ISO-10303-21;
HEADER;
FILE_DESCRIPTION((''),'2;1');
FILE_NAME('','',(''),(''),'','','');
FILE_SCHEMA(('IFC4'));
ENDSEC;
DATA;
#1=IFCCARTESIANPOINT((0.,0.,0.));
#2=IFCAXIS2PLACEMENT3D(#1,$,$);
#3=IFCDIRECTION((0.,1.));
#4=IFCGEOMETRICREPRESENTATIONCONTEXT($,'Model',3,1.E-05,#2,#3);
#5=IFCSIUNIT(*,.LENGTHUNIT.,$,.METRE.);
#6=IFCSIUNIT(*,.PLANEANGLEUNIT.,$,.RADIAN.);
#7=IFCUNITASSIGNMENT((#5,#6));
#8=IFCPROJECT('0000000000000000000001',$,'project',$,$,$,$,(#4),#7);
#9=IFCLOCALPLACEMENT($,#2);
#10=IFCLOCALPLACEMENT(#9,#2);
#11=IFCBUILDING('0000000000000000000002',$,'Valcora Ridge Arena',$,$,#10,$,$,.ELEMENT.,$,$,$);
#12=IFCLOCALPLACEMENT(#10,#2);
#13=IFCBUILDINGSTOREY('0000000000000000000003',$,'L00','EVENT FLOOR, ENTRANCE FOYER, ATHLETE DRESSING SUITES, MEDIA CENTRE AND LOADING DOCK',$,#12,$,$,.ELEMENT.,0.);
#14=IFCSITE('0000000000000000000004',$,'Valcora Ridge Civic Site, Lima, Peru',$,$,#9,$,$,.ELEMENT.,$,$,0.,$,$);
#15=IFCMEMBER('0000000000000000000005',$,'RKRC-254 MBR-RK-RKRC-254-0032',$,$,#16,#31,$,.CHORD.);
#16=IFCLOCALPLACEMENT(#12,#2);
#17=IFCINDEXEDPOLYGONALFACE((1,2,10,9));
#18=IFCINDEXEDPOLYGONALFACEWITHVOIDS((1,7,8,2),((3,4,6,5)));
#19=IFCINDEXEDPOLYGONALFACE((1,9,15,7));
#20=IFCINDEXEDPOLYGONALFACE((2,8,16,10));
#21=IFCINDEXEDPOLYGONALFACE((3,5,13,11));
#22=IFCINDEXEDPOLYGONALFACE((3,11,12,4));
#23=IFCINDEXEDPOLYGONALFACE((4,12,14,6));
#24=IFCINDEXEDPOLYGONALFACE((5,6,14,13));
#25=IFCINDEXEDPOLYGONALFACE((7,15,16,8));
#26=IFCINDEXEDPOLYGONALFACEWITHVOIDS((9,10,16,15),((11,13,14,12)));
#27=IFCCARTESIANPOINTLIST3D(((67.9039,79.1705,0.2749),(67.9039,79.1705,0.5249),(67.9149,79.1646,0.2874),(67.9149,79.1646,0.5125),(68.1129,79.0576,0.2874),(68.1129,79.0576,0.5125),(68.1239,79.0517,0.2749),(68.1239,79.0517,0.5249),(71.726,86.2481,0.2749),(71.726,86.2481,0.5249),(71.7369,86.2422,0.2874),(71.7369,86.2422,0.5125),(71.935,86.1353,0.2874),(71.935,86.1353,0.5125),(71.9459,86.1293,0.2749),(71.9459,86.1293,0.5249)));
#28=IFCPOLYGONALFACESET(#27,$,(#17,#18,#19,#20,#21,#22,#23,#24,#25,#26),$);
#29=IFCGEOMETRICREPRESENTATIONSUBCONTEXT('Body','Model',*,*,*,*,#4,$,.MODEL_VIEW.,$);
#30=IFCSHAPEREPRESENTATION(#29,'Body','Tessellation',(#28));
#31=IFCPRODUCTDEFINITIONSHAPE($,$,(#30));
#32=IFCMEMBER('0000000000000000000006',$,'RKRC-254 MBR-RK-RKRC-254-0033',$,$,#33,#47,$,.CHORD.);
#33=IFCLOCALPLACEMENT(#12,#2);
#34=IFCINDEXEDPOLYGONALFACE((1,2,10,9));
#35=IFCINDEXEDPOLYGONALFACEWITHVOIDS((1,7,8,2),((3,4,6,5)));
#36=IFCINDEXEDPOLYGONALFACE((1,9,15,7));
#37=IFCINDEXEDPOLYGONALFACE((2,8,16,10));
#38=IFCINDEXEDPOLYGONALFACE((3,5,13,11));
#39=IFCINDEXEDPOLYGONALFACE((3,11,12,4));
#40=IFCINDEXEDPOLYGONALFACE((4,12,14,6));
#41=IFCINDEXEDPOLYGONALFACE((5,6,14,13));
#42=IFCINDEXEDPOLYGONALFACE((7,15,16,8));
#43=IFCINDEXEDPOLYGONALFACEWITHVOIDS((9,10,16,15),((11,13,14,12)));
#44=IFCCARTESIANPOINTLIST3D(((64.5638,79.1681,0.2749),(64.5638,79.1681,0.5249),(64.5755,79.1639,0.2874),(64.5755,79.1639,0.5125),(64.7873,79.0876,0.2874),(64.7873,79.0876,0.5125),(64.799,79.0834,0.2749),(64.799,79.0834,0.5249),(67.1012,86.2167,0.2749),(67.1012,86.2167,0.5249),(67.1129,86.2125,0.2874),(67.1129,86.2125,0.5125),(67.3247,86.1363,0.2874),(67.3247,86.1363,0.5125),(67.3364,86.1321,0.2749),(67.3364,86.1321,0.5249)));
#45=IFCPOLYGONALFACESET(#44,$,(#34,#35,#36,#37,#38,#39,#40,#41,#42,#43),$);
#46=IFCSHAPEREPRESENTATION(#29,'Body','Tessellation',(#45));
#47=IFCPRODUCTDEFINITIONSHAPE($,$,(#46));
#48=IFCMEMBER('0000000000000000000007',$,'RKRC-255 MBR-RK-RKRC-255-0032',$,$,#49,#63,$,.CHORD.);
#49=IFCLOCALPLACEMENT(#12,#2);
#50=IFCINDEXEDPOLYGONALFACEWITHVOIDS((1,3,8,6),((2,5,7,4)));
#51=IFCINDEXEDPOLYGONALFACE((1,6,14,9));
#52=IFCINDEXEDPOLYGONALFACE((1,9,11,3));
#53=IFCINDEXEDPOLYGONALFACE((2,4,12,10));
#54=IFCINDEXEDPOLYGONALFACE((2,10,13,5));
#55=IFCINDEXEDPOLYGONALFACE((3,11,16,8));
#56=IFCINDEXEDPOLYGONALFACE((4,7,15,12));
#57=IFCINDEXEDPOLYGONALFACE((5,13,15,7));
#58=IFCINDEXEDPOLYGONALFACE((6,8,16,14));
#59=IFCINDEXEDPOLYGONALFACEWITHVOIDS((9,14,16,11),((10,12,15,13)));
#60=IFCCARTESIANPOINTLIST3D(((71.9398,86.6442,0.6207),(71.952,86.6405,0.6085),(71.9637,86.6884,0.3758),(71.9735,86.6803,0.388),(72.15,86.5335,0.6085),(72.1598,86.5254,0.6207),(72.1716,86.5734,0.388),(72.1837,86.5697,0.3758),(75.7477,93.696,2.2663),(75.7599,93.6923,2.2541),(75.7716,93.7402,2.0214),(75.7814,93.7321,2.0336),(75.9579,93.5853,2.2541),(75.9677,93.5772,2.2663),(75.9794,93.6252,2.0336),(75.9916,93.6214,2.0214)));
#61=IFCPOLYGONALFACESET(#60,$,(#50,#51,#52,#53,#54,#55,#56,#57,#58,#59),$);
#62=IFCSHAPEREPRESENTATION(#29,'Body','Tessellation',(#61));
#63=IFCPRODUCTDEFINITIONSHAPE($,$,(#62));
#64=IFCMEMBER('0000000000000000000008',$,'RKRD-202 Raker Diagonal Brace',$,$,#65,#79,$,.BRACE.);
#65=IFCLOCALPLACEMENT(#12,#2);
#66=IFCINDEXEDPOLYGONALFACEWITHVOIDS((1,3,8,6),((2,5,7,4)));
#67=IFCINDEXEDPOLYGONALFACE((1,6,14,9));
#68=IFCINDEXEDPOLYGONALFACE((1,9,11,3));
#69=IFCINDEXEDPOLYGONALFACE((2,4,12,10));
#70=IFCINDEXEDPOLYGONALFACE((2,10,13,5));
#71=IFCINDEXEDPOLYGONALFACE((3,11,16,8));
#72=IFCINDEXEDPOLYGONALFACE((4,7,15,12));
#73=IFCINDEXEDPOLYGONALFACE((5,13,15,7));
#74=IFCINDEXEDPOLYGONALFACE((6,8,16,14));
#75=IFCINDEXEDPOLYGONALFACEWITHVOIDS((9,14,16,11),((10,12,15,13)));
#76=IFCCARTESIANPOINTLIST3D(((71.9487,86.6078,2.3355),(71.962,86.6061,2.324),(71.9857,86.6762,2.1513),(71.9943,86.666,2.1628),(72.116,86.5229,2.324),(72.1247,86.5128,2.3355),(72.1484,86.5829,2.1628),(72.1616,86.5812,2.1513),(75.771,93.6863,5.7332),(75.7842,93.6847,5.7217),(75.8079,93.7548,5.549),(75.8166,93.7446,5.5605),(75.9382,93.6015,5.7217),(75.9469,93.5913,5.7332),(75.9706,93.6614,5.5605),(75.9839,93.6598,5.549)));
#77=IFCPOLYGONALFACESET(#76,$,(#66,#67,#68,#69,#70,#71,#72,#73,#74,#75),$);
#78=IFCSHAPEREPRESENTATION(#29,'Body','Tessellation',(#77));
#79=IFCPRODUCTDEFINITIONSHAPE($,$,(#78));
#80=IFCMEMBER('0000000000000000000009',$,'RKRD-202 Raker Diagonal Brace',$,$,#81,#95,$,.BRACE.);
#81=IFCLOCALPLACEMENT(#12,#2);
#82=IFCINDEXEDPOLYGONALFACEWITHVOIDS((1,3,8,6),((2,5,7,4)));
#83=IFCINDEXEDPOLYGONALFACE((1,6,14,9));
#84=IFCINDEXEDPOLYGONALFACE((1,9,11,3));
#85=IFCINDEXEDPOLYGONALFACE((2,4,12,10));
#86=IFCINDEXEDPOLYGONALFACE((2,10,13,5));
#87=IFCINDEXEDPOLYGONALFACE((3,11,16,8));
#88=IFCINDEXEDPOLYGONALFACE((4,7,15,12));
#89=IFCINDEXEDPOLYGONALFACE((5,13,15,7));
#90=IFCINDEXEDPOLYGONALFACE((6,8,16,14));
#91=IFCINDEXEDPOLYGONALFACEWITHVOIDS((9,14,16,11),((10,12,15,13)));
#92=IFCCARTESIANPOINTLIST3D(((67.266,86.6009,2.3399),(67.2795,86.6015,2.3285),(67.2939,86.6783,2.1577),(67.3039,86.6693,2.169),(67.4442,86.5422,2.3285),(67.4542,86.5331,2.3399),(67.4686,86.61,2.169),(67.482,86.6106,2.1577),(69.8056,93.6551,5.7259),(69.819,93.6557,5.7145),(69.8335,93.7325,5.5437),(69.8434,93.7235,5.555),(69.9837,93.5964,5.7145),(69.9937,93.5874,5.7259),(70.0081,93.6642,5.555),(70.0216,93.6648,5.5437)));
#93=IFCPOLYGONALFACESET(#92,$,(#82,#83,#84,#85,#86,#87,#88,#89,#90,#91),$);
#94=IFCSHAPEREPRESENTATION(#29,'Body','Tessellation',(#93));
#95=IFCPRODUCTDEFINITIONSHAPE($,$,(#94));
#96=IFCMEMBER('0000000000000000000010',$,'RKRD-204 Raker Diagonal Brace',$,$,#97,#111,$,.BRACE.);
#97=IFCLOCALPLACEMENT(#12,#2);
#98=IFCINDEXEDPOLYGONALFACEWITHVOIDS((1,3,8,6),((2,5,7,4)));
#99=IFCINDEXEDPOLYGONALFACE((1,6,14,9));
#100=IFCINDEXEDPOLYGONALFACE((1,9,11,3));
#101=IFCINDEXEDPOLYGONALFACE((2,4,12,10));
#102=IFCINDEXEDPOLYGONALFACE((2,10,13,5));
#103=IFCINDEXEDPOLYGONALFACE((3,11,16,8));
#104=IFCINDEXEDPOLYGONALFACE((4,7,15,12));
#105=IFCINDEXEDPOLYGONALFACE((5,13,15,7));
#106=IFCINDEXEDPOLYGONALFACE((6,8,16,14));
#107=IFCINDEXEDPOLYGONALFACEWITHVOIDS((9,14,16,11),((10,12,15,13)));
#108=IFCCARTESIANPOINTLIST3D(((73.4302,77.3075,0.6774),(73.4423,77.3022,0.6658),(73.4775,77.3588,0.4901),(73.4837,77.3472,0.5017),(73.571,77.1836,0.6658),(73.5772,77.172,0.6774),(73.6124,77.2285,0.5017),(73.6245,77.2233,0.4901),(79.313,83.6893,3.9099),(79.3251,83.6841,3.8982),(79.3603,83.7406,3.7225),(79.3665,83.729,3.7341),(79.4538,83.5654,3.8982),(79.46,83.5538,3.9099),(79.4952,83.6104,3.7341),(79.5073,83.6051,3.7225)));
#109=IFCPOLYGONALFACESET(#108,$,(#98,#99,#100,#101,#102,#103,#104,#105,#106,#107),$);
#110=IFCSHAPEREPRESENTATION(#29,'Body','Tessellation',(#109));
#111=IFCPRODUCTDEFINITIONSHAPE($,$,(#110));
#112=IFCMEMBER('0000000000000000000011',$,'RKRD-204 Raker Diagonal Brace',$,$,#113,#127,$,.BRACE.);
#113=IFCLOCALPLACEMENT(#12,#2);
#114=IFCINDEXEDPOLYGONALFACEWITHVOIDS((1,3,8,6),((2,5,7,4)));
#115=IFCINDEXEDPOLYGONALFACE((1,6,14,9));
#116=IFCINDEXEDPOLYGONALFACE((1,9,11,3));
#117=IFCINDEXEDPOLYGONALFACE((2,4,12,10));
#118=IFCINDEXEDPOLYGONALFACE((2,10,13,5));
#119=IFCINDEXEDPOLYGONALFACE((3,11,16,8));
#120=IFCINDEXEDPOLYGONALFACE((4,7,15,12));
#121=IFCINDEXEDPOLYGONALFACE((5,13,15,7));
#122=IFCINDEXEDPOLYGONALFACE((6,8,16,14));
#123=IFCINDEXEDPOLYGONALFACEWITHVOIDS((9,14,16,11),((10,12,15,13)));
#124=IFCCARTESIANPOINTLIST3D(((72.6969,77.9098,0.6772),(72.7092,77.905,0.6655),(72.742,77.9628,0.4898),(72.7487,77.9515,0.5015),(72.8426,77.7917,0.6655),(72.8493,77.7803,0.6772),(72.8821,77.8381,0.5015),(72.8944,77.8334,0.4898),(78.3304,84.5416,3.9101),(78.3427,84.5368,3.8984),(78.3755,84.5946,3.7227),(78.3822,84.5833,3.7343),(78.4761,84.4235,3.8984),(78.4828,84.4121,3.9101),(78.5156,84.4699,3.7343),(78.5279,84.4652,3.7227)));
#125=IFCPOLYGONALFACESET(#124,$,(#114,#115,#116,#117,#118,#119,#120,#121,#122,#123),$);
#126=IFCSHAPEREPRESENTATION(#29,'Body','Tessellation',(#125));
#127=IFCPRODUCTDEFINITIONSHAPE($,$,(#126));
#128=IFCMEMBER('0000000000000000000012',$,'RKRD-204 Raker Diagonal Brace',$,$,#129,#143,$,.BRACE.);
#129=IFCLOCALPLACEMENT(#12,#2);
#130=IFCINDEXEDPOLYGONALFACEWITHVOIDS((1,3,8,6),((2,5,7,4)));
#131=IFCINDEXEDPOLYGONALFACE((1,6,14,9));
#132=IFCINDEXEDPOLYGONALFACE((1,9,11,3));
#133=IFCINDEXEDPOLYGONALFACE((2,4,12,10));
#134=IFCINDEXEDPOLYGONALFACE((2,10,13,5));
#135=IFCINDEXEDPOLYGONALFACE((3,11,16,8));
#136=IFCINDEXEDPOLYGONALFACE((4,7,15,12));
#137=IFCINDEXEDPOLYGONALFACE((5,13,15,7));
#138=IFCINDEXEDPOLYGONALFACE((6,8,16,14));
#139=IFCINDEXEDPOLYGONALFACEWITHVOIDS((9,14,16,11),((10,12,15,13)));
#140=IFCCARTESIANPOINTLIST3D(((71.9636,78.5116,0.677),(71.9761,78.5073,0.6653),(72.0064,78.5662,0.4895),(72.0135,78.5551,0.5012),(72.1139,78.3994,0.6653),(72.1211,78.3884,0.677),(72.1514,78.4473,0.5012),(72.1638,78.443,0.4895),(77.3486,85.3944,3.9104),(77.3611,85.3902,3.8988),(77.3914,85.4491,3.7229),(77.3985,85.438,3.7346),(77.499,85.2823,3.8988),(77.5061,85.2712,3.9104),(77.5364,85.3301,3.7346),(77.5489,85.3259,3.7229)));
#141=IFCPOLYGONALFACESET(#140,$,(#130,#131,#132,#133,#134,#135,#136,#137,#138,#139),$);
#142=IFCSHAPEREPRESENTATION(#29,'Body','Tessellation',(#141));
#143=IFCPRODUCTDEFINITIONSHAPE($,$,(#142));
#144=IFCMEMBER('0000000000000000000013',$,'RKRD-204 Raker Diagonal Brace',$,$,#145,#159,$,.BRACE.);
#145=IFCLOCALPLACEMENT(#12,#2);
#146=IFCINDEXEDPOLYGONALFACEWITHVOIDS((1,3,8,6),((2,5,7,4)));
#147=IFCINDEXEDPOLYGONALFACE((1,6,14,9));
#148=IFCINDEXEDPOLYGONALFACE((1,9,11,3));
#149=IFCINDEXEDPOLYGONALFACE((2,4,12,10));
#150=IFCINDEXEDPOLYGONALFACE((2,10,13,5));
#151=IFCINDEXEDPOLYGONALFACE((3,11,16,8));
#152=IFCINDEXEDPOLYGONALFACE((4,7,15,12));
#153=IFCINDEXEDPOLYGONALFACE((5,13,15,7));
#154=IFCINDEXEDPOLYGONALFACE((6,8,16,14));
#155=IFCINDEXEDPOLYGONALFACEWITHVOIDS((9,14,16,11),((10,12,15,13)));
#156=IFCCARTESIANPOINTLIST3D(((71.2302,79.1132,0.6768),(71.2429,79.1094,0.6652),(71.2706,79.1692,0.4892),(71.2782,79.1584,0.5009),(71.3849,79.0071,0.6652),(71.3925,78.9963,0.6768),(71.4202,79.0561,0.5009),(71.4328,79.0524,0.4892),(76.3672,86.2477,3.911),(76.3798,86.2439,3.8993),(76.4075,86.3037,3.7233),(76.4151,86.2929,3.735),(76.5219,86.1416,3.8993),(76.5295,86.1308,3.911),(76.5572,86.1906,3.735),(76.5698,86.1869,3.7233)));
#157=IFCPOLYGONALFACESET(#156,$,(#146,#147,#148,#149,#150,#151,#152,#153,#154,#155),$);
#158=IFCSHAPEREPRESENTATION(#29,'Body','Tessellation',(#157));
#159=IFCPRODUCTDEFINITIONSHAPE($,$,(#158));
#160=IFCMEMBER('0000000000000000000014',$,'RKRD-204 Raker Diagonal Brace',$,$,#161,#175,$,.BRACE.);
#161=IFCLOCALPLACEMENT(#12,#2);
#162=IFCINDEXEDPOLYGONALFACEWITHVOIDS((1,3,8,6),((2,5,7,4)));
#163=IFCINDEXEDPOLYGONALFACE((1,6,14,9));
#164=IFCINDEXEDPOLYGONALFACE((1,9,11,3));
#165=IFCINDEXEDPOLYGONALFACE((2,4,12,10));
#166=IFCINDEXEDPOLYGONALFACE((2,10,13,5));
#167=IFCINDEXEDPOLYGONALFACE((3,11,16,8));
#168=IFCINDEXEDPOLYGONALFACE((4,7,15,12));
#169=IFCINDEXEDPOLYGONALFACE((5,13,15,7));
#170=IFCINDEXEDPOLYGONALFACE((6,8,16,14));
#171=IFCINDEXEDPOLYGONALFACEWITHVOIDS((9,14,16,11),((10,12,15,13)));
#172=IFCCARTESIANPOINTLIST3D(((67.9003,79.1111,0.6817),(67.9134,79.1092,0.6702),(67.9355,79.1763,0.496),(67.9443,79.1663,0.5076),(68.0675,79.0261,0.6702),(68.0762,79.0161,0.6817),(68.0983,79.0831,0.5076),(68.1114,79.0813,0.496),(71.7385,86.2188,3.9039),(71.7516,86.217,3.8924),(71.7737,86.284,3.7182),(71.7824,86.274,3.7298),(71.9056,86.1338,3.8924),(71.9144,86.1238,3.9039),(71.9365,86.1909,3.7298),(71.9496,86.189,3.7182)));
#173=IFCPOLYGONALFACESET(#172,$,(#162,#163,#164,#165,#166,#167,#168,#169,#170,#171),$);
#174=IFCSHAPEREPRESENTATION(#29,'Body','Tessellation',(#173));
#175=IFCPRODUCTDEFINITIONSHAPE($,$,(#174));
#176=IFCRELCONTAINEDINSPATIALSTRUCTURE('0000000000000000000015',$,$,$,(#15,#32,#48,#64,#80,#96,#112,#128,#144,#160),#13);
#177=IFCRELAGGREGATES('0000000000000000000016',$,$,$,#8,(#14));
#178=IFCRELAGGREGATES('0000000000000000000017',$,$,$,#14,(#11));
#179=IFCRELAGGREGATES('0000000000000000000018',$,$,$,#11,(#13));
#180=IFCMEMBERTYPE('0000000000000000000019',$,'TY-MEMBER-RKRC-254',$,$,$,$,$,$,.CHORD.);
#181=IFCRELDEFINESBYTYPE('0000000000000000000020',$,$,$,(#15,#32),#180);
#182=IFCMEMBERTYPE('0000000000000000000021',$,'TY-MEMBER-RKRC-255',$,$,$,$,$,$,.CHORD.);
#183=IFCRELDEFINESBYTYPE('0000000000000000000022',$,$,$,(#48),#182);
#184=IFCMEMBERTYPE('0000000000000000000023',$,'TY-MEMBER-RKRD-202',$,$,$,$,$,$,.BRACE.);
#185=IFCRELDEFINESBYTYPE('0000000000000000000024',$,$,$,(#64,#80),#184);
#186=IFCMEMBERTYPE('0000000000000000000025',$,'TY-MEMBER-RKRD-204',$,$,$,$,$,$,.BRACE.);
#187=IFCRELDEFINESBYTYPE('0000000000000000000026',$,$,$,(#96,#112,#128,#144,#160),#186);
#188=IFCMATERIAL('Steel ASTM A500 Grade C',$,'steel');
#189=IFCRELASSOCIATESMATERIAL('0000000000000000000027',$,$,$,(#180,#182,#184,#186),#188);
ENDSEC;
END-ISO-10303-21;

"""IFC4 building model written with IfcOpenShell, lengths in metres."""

from ifc_helpers import new_model, si_unit, direction, frame, origin, origin_2d, place, context, subcontext, project, spatial, hollow_rectangle, extrude, material, material_profile, profile_set, type_object, element, save


model = new_model("IFC4")

# Units and contexts
model_context = context("Model", 3, precision=1e-05, world=origin(), true_north=direction((0.0, 1.0)))
body_context = subcontext(model_context, "Body", "Model", "MODEL_VIEW")
ifc_project = project(units=[si_unit("LENGTHUNIT", "METRE"), si_unit("PLANEANGLEUNIT", "RADIAN")], contexts=[model_context])

# Site, building, storey
site_placement = place(None, origin())
site = spatial("IfcSite", under=ifc_project, at=site_placement, Name="Valcora Ridge Civic Site, Lima, Peru", CompositionType="ELEMENT", RefElevation=0.0)
building_placement = place(site_placement, origin())
building = spatial("IfcBuilding", under=site, at=building_placement, Name="Valcora Ridge Arena", CompositionType="ELEMENT")
storey_placement = place(building_placement, origin())
storey = spatial("IfcBuildingStorey", under=building, at=storey_placement, Name="L00", Description="EVENT FLOOR, ENTRANCE FOYER, ATHLETE DRESSING SUITES, MEDIA CENTRE AND LOADING DOCK", CompositionType="ELEMENT", Elevation=0.0)

# Members
ifc_material_1 = material(Name="Steel ASTM A500 Grade C", Category="steel")
ifc_material_profile_1 = material_profile(ifc_material_1, hollow_rectangle(XDim=0.25, YDim=0.25, WallThickness=0.0125, at=origin_2d()), Name="HSS250X250X12")
ifc_profile_set_1 = profile_set([ifc_material_profile_1], Name="Steel ASTM A500 Grade C")
member_type_1 = type_object("IfcMemberType", Name="TY-MEMBER-RKRC-254", PredefinedType="CHORD", material=ifc_profile_set_1)
member_1_placement = place(storey_placement, frame((68.0139, 79.1111, 0.3999), z_axis=(0.475158, 0.8799, 0.0), x_axis=(-0.8799, 0.475158, 0.0)))
element("IfcMember", 1, at=member_1_placement, inside=storey, type_object=member_type_1, Name="RKRC-254 MBR-RK-RKRC-254-0032", PredefinedType="CHORD", context=body_context, shape_type="SweptSolid", body=[
    extrude(hollow_rectangle(XDim=0.25, YDim=0.25, WallThickness=0.0125, at=origin_2d()), origin(), (0.0, 0.0, 1.0), 8.0437),
])
member_2_placement = place(storey_placement, frame((64.6814, 79.1257, 0.3999), z_axis=(0.338703, 0.940893, 0.0), x_axis=(-0.940893, 0.338703, 0.0)))
element("IfcMember", 2, at=member_2_placement, inside=storey, type_object=member_type_1, Name="RKRC-254 MBR-RK-RKRC-254-0033", PredefinedType="CHORD", context=body_context, shape_type="SweptSolid", body=[
    extrude(hollow_rectangle(XDim=0.25, YDim=0.25, WallThickness=0.0125, at=origin_2d()), origin(), (0.0, 0.0, 1.0), 7.4915),
])
ifc_material_profile_2 = material_profile(ifc_material_1, hollow_rectangle(XDim=0.25, YDim=0.25, WallThickness=0.0125, at=origin_2d()), Name="HSS250X250X12")
ifc_profile_set_2 = profile_set([ifc_material_profile_2], Name="Steel ASTM A500 Grade C")
member_type_2 = type_object("IfcMemberType", Name="TY-MEMBER-RKRC-255", PredefinedType="CHORD", material=ifc_profile_set_2)
member_3_placement = place(storey_placement, frame((72.0618, 86.6069, 0.4983), z_axis=(0.465431, 0.861929, 0.201129), x_axis=(-0.87991, 0.47514, 0.0)))
element("IfcMember", 3, at=member_3_placement, inside=storey, type_object=member_type_2, Name="RKRC-255 MBR-RK-RKRC-255-0032", PredefinedType="CHORD", context=body_context, shape_type="SweptSolid", body=[
    extrude(hollow_rectangle(XDim=0.25, YDim=0.25, WallThickness=0.0125, at=origin_2d()), origin(), (0.0, 0.0, 1.0), 8.1814),
])
ifc_material_profile_3 = material_profile(ifc_material_1, hollow_rectangle(XDim=0.2, YDim=0.2, WallThickness=0.0125, at=origin_2d()), Name="HSS200X200X12")
ifc_profile_set_3 = profile_set([ifc_material_profile_3], Name="Steel ASTM A500 Grade C")
member_type_3 = type_object("IfcMemberType", Name="TY-MEMBER-RKRD-202", PredefinedType="BRACE", material=ifc_profile_set_3)
member_4_placement = place(storey_placement, frame((72.0552, 86.5945, 2.2434), z_axis=(0.437693, 0.810583, 0.389076), x_axis=(-0.879915, 0.475131, 0.0)))
element("IfcMember", 4, at=member_4_placement, inside=storey, type_object=member_type_3, Name="RKRD-202 Raker Diagonal Brace", PredefinedType="BRACE", context=body_context, shape_type="SweptSolid", body=[
    extrude(hollow_rectangle(XDim=0.2, YDim=0.2, WallThickness=0.0125, at=origin_2d()), origin(), (0.0, 0.0, 1.0), 8.7327),
])
member_5_placement = place(storey_placement, frame((67.374, 86.6057, 2.2488), z_axis=(0.308702, 0.857493, 0.411593), x_axis=(-0.940886, 0.338724, 0.0)))
element("IfcMember", 5, at=member_5_placement, inside=storey, type_object=member_type_3, Name="RKRD-202 Raker Diagonal Brace", PredefinedType="BRACE", context=body_context, shape_type="SweptSolid", body=[
    extrude(hollow_rectangle(XDim=0.2, YDim=0.2, WallThickness=0.0125, at=origin_2d()), origin(), (0.0, 0.0, 1.0), 8.2266),
])
ifc_material_profile_4 = material_profile(ifc_material_1, hollow_rectangle(XDim=0.2, YDim=0.2, WallThickness=0.0125, at=origin_2d()), Name="HSS200X200X12")
ifc_profile_set_4 = profile_set([ifc_material_profile_4], Name="Steel ASTM A500 Grade C")
member_type_4 = type_object("IfcMemberType", Name="TY-MEMBER-RKRD-204", PredefinedType="BRACE", material=ifc_profile_set_4)
member_6_placement = place(storey_placement, frame((73.5273, 77.2654, 0.5837), z_axis=(0.635159, 0.689037, 0.349), x_axis=(-0.735269, 0.677775, 0.0)))
element("IfcMember", 6, at=member_6_placement, inside=storey, type_object=member_type_4, Name="RKRD-204 Raker Diagonal Brace", PredefinedType="BRACE", context=body_context, shape_type="SweptSolid", body=[
    extrude(hollow_rectangle(XDim=0.2, YDim=0.2, WallThickness=0.0125, at=origin_2d()), origin(), (0.0, 0.0, 1.0), 9.262),
])
member_7_placement = place(storey_placement, frame((72.7957, 77.8716, 0.5835), z_axis=(0.606882, 0.714424, 0.34827), x_axis=(-0.762139, 0.647414, 0.0)))
element("IfcMember", 7, at=member_7_placement, inside=storey, type_object=member_type_4, Name="RKRD-204 Raker Diagonal Brace", PredefinedType="BRACE", context=body_context, shape_type="SweptSolid", body=[
    extrude(hollow_rectangle(XDim=0.2, YDim=0.2, WallThickness=0.0125, at=origin_2d()), origin(), (0.0, 0.0, 1.0), 9.2827),
])
member_8_placement = place(storey_placement, frame((72.0637, 78.4773, 0.5833), z_axis=(0.577911, 0.738653, 0.347003), x_axis=(-0.78759, 0.616199, 0.0)))
element("IfcMember", 8, at=member_8_placement, inside=storey, type_object=member_type_4, Name="RKRD-204 Raker Diagonal Brace", PredefinedType="BRACE", context=body_context, shape_type="SweptSolid", body=[
    extrude(hollow_rectangle(XDim=0.2, YDim=0.2, WallThickness=0.0125, at=origin_2d()), origin(), (0.0, 0.0, 1.0), 9.3181),
])
member_9_placement = place(storey_placement, frame((71.3315, 79.0828, 0.583), z_axis=(0.548384, 0.761628, 0.345251), x_axis=(-0.811529, 0.584313, 0.0)))
element("IfcMember", 9, at=member_9_placement, inside=storey, type_object=member_type_4, Name="RKRD-204 Raker Diagonal Brace", PredefinedType="BRACE", context=body_context, shape_type="SweptSolid", body=[
    extrude(hollow_rectangle(XDim=0.2, YDim=0.2, WallThickness=0.0125, at=origin_2d()), origin(), (0.0, 0.0, 1.0), 9.3674),
])
member_10_placement = place(storey_placement, frame((68.0059, 79.0962, 0.5889), z_axis=(0.441332, 0.817283, 0.370505), x_axis=(-0.879906, 0.475148, 0.0)))
element("IfcMember", 10, at=member_10_placement, inside=storey, type_object=member_type_4, Name="RKRD-204 Raker Diagonal Brace", PredefinedType="BRACE", context=body_context, shape_type="SweptSolid", body=[
    extrude(hollow_rectangle(XDim=0.2, YDim=0.2, WallThickness=0.0125, at=origin_2d()), origin(), (0.0, 0.0, 1.0), 8.6968),
])

save(model, "model.ifc")
